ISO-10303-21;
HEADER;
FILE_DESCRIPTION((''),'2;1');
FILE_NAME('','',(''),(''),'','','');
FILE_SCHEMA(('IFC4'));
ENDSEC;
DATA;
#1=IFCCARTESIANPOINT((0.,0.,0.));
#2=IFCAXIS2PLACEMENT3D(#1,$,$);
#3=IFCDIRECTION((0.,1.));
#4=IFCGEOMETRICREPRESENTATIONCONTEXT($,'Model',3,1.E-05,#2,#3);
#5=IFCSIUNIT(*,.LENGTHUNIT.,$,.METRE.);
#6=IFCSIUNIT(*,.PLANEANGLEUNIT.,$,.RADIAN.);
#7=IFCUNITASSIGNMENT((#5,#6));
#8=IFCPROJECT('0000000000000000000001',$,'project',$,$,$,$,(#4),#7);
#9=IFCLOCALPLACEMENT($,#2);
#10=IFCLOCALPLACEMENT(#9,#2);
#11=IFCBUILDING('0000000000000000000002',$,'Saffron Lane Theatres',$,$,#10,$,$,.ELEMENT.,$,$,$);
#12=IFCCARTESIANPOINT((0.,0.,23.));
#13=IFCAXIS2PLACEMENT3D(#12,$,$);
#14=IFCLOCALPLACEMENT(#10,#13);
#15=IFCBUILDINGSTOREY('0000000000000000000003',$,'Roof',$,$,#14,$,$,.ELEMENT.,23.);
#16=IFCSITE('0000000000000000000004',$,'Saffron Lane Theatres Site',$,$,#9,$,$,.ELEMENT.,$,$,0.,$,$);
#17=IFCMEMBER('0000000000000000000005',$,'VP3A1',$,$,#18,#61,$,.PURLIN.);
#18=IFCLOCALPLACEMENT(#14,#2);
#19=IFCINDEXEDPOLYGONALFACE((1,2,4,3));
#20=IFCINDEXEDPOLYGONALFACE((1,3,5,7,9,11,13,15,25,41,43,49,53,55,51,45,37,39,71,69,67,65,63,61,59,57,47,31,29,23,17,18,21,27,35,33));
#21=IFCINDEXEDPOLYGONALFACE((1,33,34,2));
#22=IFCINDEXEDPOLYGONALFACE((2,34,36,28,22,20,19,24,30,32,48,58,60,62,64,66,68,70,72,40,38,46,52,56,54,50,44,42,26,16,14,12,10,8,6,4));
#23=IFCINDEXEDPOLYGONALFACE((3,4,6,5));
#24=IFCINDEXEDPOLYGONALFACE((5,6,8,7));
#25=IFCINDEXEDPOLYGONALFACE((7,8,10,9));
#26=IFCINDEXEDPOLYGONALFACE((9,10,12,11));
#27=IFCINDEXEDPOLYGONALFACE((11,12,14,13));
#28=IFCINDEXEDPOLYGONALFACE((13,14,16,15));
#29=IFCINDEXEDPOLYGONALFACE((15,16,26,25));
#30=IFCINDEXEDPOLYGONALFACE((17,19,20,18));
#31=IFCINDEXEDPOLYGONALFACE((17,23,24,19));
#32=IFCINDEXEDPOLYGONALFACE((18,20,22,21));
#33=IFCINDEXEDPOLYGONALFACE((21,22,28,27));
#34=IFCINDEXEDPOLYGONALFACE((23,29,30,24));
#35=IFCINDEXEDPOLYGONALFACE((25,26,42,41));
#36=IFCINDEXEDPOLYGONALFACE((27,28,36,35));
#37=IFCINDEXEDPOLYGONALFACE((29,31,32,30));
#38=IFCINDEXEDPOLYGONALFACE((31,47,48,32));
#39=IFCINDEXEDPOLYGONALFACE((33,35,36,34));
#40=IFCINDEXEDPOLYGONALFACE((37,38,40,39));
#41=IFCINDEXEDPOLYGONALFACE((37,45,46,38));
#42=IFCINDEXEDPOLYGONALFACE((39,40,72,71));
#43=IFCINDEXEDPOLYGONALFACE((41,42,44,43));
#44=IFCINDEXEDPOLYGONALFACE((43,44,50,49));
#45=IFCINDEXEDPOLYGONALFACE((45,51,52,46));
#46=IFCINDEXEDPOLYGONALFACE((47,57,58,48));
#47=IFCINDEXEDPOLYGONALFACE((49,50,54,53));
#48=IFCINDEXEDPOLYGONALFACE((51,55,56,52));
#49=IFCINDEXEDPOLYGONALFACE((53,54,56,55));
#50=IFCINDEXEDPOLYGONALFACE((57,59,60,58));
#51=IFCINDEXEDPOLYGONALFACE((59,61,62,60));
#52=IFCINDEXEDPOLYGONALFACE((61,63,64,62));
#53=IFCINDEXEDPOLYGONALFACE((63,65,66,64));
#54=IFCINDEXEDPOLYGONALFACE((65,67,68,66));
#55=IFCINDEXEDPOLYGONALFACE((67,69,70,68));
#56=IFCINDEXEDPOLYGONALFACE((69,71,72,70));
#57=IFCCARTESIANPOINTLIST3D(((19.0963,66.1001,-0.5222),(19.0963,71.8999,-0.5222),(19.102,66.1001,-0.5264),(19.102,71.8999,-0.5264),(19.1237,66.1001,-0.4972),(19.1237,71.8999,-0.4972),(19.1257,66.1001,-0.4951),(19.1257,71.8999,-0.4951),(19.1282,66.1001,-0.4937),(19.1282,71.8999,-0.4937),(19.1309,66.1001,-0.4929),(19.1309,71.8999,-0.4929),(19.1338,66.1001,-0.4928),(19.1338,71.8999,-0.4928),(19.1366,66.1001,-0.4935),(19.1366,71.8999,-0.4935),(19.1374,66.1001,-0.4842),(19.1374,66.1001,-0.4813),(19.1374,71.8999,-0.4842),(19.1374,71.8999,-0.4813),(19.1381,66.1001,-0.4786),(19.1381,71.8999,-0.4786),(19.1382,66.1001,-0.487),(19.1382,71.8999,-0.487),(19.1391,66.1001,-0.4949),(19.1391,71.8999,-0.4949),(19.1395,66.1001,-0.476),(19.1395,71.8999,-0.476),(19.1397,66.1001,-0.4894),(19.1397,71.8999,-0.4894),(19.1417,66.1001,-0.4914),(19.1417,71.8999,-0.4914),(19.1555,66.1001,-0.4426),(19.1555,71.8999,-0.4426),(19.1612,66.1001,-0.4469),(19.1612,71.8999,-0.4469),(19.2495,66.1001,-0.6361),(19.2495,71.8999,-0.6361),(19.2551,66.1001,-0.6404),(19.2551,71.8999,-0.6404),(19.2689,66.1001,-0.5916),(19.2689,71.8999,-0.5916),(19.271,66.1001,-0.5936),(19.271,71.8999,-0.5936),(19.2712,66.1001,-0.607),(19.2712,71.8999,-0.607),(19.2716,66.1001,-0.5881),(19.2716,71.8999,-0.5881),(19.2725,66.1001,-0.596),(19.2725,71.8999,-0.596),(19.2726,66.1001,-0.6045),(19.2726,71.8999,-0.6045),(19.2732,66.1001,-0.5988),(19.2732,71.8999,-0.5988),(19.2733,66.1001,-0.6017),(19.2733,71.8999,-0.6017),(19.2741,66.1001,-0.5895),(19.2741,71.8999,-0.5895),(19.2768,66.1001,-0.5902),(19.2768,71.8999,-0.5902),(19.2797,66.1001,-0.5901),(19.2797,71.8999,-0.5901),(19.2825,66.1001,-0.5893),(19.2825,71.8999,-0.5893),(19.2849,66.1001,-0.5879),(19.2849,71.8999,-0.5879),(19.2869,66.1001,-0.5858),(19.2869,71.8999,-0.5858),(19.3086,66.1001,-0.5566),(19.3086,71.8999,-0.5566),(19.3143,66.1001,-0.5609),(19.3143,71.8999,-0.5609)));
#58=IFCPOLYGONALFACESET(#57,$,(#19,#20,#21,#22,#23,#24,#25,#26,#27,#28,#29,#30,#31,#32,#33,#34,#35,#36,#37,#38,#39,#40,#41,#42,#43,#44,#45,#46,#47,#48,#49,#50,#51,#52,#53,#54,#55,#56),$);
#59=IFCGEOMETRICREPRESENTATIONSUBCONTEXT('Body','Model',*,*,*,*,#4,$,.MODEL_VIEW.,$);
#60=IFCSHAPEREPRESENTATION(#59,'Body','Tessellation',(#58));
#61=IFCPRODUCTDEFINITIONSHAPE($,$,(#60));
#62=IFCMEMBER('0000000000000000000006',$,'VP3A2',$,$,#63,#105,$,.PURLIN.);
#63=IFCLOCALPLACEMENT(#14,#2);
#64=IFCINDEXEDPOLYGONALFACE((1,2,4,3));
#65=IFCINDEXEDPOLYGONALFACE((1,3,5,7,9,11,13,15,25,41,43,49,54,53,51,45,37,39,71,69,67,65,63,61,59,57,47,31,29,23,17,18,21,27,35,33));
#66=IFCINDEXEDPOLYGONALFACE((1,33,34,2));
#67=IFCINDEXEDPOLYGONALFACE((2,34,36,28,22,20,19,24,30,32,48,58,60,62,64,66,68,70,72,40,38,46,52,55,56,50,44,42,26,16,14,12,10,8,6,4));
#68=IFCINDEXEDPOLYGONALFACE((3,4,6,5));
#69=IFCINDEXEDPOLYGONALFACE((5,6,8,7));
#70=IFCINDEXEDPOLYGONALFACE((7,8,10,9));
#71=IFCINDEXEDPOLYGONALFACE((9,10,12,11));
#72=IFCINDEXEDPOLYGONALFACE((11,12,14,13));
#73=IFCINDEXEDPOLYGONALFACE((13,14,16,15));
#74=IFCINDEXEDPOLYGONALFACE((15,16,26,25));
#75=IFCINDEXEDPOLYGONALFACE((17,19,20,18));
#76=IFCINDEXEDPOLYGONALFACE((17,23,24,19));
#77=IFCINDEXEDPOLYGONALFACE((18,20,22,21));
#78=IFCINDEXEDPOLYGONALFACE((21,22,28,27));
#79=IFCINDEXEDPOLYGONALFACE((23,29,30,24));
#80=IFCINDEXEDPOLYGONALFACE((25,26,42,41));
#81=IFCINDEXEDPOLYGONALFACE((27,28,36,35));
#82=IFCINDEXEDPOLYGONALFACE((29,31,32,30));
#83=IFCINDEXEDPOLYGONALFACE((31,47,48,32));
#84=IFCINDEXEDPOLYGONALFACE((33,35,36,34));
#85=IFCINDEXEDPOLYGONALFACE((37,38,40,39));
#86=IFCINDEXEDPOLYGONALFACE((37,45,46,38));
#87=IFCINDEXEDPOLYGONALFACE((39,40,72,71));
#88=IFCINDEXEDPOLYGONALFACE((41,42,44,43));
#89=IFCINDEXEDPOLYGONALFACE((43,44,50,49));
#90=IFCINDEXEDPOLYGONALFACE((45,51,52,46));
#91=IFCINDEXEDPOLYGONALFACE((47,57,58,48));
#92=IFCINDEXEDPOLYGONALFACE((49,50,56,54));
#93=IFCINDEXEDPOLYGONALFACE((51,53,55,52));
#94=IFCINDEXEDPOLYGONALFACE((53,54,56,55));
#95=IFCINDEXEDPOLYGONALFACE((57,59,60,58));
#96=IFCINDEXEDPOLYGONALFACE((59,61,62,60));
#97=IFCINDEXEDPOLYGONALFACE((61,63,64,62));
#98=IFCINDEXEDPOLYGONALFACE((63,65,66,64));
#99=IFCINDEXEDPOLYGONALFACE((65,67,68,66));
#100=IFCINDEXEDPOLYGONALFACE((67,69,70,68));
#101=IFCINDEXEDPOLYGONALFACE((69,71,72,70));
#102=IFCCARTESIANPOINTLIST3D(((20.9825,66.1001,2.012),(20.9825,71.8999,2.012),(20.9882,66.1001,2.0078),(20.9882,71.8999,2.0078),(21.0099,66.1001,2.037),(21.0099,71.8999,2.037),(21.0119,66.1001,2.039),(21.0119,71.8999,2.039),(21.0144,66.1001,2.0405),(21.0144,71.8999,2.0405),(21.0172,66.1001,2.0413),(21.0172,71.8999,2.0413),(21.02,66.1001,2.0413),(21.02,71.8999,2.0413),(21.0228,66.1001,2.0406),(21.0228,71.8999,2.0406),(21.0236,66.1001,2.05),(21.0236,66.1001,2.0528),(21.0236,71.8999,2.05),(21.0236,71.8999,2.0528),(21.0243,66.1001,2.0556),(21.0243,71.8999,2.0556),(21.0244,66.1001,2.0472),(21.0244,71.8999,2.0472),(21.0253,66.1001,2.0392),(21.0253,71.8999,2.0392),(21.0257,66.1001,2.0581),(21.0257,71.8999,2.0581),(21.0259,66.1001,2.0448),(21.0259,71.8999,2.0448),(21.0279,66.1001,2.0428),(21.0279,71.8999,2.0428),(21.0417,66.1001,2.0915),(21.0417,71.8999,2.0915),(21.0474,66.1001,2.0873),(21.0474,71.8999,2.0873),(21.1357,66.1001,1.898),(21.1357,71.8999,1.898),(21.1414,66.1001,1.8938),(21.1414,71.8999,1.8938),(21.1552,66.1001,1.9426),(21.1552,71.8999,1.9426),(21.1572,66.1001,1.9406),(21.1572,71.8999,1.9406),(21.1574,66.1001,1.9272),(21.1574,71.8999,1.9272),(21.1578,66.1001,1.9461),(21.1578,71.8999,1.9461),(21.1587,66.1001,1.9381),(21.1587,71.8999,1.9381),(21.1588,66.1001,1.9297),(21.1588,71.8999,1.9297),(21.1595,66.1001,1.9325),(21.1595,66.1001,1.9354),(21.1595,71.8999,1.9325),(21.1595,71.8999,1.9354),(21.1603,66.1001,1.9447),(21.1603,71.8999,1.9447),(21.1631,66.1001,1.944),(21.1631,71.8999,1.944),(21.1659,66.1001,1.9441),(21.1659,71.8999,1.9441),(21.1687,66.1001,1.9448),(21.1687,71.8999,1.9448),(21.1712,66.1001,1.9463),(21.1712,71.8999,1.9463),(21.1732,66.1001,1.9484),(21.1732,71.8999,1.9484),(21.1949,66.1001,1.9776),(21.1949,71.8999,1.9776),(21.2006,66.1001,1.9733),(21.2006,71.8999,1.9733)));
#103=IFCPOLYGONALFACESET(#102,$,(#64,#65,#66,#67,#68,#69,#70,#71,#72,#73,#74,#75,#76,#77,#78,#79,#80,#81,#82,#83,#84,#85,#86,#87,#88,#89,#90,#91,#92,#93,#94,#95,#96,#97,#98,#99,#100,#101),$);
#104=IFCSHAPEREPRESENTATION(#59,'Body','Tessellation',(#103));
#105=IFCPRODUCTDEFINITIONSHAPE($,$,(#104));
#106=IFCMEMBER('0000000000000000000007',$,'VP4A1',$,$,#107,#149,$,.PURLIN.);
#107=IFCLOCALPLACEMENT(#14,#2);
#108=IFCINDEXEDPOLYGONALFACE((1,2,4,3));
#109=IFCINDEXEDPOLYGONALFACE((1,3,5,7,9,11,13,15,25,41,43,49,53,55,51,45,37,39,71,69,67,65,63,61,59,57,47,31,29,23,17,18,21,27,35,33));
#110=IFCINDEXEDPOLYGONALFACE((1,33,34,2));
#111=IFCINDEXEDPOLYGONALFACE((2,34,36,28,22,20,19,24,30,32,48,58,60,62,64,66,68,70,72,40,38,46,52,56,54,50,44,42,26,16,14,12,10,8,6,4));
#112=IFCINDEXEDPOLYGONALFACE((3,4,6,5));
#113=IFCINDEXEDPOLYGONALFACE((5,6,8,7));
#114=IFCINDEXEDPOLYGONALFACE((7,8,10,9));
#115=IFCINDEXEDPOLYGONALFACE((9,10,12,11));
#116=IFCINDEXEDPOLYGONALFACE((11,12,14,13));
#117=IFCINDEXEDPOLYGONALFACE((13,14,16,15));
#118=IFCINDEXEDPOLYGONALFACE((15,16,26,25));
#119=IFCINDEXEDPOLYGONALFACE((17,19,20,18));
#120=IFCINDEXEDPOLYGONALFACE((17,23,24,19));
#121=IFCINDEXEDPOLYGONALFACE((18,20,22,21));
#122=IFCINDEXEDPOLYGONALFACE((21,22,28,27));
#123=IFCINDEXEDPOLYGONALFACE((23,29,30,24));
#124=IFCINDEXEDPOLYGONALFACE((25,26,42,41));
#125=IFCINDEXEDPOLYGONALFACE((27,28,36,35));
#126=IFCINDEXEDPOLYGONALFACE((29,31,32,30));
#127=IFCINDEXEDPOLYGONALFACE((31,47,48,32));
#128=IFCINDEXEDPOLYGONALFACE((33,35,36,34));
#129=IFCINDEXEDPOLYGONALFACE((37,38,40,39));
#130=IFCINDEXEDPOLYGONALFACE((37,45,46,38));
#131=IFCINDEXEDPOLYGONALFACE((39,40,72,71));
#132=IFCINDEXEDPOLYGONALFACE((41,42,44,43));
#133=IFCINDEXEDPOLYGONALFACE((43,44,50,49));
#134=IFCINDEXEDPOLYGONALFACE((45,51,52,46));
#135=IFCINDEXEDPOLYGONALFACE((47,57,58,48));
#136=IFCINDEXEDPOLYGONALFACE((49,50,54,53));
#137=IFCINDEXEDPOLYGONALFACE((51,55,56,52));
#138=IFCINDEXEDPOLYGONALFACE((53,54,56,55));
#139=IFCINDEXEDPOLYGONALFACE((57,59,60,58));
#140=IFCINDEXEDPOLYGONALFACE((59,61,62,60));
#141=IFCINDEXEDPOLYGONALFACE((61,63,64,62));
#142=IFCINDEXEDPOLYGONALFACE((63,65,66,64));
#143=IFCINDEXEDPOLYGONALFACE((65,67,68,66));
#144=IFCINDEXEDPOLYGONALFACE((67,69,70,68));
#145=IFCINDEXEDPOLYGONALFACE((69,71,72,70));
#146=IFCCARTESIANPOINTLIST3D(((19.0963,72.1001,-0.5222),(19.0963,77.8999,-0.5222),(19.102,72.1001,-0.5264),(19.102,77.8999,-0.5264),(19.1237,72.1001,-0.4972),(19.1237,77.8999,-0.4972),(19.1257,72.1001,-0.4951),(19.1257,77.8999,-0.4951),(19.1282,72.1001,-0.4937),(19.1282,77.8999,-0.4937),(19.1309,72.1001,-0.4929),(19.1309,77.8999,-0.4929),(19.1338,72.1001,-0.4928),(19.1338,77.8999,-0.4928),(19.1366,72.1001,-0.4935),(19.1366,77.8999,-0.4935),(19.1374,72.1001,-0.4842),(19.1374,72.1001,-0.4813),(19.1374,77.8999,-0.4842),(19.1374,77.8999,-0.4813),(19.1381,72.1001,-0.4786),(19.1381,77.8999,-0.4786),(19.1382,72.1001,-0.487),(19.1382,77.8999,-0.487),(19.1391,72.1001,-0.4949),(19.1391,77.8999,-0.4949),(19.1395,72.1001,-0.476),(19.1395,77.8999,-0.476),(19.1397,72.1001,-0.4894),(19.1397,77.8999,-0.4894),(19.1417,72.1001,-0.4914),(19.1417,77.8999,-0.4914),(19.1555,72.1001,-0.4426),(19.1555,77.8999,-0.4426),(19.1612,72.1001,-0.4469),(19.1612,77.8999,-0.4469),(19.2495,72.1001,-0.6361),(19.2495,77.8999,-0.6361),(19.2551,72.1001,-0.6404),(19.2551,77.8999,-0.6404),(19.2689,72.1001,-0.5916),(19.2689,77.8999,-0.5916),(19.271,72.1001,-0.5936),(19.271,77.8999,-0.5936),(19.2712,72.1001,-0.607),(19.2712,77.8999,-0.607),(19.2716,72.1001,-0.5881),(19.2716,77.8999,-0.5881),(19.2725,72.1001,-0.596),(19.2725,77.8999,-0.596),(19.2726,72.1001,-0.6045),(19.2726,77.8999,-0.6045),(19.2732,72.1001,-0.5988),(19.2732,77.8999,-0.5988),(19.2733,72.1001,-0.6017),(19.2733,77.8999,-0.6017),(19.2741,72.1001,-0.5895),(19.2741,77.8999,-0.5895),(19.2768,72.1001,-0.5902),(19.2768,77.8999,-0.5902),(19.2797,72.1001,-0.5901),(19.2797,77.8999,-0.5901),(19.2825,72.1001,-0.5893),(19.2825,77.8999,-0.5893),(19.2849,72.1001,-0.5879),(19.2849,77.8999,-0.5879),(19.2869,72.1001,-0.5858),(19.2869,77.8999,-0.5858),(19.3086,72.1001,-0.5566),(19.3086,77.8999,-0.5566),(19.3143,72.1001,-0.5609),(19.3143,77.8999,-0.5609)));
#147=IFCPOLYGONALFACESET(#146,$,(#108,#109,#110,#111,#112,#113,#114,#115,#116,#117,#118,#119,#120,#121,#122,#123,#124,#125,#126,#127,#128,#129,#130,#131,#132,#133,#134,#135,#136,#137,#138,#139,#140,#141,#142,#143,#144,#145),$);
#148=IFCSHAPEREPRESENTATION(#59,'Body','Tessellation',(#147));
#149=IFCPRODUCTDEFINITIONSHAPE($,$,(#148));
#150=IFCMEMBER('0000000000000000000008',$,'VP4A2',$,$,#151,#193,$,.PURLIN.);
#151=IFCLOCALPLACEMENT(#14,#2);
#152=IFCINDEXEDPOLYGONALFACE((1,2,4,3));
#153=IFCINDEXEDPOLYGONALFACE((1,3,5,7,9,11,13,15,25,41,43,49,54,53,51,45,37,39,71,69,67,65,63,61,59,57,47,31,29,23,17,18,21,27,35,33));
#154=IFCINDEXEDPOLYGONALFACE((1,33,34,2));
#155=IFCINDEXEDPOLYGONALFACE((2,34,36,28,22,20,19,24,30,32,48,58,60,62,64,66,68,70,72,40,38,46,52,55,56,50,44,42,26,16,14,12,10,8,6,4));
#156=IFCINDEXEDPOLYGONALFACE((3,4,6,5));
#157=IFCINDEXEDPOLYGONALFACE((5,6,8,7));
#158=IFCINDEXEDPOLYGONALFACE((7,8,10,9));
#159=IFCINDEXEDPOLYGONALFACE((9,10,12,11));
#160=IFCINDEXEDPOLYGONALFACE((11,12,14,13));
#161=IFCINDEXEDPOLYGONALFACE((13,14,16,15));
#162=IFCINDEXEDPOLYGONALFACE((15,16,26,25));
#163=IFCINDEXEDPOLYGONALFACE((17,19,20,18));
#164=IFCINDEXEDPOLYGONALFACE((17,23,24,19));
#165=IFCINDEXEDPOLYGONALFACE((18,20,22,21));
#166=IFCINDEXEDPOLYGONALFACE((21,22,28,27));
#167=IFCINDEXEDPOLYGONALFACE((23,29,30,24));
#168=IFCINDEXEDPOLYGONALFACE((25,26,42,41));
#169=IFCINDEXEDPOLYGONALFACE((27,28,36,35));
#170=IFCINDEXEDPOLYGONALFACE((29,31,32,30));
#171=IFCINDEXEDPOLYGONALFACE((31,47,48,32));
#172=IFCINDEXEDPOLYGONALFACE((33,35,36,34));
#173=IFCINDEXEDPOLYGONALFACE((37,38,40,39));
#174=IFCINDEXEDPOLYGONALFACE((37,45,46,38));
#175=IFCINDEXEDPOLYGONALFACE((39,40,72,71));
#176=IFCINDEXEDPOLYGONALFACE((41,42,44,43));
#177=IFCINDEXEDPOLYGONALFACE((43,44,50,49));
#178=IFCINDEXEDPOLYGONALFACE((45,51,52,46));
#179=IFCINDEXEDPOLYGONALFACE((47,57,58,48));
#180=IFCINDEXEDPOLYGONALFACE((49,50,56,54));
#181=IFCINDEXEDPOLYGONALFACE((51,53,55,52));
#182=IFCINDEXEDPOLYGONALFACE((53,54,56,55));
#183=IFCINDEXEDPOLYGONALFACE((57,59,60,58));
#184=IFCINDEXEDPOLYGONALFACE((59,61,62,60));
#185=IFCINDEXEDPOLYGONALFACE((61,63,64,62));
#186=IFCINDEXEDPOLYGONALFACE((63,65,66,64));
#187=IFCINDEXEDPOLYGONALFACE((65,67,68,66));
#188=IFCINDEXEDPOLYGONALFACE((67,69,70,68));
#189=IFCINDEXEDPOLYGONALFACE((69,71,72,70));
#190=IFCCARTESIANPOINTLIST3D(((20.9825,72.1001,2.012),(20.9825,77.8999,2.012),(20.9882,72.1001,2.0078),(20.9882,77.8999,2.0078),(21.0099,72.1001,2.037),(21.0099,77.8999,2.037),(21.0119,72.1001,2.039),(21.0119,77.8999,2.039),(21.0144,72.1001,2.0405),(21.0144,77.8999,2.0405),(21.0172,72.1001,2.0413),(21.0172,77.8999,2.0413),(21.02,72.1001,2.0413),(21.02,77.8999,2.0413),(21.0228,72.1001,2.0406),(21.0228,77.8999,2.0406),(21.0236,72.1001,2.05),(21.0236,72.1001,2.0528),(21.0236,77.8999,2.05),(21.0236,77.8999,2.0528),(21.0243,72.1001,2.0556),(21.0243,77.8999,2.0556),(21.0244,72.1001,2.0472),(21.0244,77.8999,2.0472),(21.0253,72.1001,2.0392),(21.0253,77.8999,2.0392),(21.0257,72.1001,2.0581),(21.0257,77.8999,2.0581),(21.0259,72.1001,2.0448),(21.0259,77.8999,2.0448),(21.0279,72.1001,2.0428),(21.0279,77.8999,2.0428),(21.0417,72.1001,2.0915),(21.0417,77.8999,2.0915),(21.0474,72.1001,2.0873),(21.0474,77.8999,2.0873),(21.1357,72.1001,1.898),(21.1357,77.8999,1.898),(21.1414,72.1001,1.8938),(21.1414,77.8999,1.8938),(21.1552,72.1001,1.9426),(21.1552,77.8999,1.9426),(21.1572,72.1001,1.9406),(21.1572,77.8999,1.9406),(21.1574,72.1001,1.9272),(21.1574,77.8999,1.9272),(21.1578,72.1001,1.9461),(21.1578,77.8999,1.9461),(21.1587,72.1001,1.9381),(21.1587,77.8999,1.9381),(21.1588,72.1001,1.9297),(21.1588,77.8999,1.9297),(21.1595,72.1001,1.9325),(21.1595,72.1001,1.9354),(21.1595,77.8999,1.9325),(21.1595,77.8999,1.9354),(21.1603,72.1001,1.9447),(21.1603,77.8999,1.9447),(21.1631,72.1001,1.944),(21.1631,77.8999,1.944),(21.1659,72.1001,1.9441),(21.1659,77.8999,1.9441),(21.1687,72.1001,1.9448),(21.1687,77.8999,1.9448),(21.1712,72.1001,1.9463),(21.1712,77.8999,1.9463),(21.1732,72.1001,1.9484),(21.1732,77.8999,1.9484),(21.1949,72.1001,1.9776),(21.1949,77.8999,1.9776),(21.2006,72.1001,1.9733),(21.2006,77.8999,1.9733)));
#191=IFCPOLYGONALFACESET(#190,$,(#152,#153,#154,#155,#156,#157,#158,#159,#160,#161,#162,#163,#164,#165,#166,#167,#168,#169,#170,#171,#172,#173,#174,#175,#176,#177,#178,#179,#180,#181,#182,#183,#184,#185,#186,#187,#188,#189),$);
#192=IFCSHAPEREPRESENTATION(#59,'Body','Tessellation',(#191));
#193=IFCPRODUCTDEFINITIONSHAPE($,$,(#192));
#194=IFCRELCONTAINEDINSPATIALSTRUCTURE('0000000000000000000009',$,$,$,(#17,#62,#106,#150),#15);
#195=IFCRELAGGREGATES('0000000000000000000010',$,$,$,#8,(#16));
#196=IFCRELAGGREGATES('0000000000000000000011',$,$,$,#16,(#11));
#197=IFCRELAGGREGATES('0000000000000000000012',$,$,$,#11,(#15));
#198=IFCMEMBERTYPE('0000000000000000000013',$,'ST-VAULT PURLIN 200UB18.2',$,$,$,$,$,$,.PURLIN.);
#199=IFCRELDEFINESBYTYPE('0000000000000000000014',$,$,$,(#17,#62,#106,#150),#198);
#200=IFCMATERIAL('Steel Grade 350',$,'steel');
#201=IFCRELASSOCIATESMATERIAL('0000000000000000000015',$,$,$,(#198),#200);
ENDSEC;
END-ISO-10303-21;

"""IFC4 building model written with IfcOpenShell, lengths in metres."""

from ifc_helpers import new_model, si_unit, direction, frame, origin, origin_2d, place, context, subcontext, project, spatial, i_section, extrude, material, material_profile, profile_set, type_object, element, save


model = new_model("IFC4")

# Units and contexts
model_context = context("Model", 3, precision=1e-05, world=origin(), true_north=direction((0.0, 1.0)))
body_context = subcontext(model_context, "Body", "Model", "MODEL_VIEW")
ifc_project = project(units=[si_unit("LENGTHUNIT", "METRE"), si_unit("PLANEANGLEUNIT", "RADIAN")], contexts=[model_context])

# Site, building, storey
site_placement = place(None, origin())
site = spatial("IfcSite", under=ifc_project, at=site_placement, Name="Saffron Lane Theatres Site", CompositionType="ELEMENT", RefElevation=0.0)
building_placement = place(site_placement, origin())
building = spatial("IfcBuilding", under=site, at=building_placement, Name="Saffron Lane Theatres", CompositionType="ELEMENT")
storey_placement = place(building_placement, frame((0.0, 0.0, 23.0)))
storey = spatial("IfcBuildingStorey", under=building, at=storey_placement, Name="Roof", CompositionType="ELEMENT", Elevation=23.0)

# Members
ifc_material_1 = material(Name="Steel Grade 350", Category="steel")
ifc_material_profile_1 = material_profile(ifc_material_1, i_section(OverallWidth=0.0991, OverallDepth=0.198, WebThickness=0.0044, FlangeThickness=0.0071, FilletRadius=0.011, at=origin_2d()))
ifc_profile_set_1 = profile_set([ifc_material_profile_1], Name="Steel Grade 350")
member_type_1 = type_object("IfcMemberType", Name="ST-VAULT PURLIN 200UB18.2", PredefinedType="PURLIN", material=ifc_profile_set_1)
for number, where, z_axis, x_axis, name in (
    (1, (19.2053, 66.1001, -0.5415), (0.0, 1.0, 0.0), (0.597069, 0.0, 0.80219), "VP3A1"),
    (2, (21.0916, 66.1001, 1.9927), (0.0, 1.0, 0.0), (0.597069, 0.0, 0.80219), "VP3A2"),
    (3, (19.2053, 72.1001, -0.5415), (0.0, 1.0, 0.0), (0.597069, 0.0, 0.80219), "VP4A1"),
    (4, (21.0916, 72.1001, 1.9927), (0.0, 1.0, 0.0), (0.597069, 0.0, 0.80219), "VP4A2"),
):
    element("IfcMember", number, at=place(storey_placement, frame(where, z_axis=z_axis, x_axis=x_axis)), inside=storey, type_object=member_type_1, Name=name, PredefinedType="PURLIN", context=body_context, shape_type="SweptSolid", body=[
        extrude(i_section(OverallWidth=0.0991, OverallDepth=0.198, WebThickness=0.0044, FlangeThickness=0.0071, FilletRadius=0.011, at=origin_2d()), origin(), (0.0, 0.0, 1.0), 5.7998),
    ])

save(model, "model.ifc")
